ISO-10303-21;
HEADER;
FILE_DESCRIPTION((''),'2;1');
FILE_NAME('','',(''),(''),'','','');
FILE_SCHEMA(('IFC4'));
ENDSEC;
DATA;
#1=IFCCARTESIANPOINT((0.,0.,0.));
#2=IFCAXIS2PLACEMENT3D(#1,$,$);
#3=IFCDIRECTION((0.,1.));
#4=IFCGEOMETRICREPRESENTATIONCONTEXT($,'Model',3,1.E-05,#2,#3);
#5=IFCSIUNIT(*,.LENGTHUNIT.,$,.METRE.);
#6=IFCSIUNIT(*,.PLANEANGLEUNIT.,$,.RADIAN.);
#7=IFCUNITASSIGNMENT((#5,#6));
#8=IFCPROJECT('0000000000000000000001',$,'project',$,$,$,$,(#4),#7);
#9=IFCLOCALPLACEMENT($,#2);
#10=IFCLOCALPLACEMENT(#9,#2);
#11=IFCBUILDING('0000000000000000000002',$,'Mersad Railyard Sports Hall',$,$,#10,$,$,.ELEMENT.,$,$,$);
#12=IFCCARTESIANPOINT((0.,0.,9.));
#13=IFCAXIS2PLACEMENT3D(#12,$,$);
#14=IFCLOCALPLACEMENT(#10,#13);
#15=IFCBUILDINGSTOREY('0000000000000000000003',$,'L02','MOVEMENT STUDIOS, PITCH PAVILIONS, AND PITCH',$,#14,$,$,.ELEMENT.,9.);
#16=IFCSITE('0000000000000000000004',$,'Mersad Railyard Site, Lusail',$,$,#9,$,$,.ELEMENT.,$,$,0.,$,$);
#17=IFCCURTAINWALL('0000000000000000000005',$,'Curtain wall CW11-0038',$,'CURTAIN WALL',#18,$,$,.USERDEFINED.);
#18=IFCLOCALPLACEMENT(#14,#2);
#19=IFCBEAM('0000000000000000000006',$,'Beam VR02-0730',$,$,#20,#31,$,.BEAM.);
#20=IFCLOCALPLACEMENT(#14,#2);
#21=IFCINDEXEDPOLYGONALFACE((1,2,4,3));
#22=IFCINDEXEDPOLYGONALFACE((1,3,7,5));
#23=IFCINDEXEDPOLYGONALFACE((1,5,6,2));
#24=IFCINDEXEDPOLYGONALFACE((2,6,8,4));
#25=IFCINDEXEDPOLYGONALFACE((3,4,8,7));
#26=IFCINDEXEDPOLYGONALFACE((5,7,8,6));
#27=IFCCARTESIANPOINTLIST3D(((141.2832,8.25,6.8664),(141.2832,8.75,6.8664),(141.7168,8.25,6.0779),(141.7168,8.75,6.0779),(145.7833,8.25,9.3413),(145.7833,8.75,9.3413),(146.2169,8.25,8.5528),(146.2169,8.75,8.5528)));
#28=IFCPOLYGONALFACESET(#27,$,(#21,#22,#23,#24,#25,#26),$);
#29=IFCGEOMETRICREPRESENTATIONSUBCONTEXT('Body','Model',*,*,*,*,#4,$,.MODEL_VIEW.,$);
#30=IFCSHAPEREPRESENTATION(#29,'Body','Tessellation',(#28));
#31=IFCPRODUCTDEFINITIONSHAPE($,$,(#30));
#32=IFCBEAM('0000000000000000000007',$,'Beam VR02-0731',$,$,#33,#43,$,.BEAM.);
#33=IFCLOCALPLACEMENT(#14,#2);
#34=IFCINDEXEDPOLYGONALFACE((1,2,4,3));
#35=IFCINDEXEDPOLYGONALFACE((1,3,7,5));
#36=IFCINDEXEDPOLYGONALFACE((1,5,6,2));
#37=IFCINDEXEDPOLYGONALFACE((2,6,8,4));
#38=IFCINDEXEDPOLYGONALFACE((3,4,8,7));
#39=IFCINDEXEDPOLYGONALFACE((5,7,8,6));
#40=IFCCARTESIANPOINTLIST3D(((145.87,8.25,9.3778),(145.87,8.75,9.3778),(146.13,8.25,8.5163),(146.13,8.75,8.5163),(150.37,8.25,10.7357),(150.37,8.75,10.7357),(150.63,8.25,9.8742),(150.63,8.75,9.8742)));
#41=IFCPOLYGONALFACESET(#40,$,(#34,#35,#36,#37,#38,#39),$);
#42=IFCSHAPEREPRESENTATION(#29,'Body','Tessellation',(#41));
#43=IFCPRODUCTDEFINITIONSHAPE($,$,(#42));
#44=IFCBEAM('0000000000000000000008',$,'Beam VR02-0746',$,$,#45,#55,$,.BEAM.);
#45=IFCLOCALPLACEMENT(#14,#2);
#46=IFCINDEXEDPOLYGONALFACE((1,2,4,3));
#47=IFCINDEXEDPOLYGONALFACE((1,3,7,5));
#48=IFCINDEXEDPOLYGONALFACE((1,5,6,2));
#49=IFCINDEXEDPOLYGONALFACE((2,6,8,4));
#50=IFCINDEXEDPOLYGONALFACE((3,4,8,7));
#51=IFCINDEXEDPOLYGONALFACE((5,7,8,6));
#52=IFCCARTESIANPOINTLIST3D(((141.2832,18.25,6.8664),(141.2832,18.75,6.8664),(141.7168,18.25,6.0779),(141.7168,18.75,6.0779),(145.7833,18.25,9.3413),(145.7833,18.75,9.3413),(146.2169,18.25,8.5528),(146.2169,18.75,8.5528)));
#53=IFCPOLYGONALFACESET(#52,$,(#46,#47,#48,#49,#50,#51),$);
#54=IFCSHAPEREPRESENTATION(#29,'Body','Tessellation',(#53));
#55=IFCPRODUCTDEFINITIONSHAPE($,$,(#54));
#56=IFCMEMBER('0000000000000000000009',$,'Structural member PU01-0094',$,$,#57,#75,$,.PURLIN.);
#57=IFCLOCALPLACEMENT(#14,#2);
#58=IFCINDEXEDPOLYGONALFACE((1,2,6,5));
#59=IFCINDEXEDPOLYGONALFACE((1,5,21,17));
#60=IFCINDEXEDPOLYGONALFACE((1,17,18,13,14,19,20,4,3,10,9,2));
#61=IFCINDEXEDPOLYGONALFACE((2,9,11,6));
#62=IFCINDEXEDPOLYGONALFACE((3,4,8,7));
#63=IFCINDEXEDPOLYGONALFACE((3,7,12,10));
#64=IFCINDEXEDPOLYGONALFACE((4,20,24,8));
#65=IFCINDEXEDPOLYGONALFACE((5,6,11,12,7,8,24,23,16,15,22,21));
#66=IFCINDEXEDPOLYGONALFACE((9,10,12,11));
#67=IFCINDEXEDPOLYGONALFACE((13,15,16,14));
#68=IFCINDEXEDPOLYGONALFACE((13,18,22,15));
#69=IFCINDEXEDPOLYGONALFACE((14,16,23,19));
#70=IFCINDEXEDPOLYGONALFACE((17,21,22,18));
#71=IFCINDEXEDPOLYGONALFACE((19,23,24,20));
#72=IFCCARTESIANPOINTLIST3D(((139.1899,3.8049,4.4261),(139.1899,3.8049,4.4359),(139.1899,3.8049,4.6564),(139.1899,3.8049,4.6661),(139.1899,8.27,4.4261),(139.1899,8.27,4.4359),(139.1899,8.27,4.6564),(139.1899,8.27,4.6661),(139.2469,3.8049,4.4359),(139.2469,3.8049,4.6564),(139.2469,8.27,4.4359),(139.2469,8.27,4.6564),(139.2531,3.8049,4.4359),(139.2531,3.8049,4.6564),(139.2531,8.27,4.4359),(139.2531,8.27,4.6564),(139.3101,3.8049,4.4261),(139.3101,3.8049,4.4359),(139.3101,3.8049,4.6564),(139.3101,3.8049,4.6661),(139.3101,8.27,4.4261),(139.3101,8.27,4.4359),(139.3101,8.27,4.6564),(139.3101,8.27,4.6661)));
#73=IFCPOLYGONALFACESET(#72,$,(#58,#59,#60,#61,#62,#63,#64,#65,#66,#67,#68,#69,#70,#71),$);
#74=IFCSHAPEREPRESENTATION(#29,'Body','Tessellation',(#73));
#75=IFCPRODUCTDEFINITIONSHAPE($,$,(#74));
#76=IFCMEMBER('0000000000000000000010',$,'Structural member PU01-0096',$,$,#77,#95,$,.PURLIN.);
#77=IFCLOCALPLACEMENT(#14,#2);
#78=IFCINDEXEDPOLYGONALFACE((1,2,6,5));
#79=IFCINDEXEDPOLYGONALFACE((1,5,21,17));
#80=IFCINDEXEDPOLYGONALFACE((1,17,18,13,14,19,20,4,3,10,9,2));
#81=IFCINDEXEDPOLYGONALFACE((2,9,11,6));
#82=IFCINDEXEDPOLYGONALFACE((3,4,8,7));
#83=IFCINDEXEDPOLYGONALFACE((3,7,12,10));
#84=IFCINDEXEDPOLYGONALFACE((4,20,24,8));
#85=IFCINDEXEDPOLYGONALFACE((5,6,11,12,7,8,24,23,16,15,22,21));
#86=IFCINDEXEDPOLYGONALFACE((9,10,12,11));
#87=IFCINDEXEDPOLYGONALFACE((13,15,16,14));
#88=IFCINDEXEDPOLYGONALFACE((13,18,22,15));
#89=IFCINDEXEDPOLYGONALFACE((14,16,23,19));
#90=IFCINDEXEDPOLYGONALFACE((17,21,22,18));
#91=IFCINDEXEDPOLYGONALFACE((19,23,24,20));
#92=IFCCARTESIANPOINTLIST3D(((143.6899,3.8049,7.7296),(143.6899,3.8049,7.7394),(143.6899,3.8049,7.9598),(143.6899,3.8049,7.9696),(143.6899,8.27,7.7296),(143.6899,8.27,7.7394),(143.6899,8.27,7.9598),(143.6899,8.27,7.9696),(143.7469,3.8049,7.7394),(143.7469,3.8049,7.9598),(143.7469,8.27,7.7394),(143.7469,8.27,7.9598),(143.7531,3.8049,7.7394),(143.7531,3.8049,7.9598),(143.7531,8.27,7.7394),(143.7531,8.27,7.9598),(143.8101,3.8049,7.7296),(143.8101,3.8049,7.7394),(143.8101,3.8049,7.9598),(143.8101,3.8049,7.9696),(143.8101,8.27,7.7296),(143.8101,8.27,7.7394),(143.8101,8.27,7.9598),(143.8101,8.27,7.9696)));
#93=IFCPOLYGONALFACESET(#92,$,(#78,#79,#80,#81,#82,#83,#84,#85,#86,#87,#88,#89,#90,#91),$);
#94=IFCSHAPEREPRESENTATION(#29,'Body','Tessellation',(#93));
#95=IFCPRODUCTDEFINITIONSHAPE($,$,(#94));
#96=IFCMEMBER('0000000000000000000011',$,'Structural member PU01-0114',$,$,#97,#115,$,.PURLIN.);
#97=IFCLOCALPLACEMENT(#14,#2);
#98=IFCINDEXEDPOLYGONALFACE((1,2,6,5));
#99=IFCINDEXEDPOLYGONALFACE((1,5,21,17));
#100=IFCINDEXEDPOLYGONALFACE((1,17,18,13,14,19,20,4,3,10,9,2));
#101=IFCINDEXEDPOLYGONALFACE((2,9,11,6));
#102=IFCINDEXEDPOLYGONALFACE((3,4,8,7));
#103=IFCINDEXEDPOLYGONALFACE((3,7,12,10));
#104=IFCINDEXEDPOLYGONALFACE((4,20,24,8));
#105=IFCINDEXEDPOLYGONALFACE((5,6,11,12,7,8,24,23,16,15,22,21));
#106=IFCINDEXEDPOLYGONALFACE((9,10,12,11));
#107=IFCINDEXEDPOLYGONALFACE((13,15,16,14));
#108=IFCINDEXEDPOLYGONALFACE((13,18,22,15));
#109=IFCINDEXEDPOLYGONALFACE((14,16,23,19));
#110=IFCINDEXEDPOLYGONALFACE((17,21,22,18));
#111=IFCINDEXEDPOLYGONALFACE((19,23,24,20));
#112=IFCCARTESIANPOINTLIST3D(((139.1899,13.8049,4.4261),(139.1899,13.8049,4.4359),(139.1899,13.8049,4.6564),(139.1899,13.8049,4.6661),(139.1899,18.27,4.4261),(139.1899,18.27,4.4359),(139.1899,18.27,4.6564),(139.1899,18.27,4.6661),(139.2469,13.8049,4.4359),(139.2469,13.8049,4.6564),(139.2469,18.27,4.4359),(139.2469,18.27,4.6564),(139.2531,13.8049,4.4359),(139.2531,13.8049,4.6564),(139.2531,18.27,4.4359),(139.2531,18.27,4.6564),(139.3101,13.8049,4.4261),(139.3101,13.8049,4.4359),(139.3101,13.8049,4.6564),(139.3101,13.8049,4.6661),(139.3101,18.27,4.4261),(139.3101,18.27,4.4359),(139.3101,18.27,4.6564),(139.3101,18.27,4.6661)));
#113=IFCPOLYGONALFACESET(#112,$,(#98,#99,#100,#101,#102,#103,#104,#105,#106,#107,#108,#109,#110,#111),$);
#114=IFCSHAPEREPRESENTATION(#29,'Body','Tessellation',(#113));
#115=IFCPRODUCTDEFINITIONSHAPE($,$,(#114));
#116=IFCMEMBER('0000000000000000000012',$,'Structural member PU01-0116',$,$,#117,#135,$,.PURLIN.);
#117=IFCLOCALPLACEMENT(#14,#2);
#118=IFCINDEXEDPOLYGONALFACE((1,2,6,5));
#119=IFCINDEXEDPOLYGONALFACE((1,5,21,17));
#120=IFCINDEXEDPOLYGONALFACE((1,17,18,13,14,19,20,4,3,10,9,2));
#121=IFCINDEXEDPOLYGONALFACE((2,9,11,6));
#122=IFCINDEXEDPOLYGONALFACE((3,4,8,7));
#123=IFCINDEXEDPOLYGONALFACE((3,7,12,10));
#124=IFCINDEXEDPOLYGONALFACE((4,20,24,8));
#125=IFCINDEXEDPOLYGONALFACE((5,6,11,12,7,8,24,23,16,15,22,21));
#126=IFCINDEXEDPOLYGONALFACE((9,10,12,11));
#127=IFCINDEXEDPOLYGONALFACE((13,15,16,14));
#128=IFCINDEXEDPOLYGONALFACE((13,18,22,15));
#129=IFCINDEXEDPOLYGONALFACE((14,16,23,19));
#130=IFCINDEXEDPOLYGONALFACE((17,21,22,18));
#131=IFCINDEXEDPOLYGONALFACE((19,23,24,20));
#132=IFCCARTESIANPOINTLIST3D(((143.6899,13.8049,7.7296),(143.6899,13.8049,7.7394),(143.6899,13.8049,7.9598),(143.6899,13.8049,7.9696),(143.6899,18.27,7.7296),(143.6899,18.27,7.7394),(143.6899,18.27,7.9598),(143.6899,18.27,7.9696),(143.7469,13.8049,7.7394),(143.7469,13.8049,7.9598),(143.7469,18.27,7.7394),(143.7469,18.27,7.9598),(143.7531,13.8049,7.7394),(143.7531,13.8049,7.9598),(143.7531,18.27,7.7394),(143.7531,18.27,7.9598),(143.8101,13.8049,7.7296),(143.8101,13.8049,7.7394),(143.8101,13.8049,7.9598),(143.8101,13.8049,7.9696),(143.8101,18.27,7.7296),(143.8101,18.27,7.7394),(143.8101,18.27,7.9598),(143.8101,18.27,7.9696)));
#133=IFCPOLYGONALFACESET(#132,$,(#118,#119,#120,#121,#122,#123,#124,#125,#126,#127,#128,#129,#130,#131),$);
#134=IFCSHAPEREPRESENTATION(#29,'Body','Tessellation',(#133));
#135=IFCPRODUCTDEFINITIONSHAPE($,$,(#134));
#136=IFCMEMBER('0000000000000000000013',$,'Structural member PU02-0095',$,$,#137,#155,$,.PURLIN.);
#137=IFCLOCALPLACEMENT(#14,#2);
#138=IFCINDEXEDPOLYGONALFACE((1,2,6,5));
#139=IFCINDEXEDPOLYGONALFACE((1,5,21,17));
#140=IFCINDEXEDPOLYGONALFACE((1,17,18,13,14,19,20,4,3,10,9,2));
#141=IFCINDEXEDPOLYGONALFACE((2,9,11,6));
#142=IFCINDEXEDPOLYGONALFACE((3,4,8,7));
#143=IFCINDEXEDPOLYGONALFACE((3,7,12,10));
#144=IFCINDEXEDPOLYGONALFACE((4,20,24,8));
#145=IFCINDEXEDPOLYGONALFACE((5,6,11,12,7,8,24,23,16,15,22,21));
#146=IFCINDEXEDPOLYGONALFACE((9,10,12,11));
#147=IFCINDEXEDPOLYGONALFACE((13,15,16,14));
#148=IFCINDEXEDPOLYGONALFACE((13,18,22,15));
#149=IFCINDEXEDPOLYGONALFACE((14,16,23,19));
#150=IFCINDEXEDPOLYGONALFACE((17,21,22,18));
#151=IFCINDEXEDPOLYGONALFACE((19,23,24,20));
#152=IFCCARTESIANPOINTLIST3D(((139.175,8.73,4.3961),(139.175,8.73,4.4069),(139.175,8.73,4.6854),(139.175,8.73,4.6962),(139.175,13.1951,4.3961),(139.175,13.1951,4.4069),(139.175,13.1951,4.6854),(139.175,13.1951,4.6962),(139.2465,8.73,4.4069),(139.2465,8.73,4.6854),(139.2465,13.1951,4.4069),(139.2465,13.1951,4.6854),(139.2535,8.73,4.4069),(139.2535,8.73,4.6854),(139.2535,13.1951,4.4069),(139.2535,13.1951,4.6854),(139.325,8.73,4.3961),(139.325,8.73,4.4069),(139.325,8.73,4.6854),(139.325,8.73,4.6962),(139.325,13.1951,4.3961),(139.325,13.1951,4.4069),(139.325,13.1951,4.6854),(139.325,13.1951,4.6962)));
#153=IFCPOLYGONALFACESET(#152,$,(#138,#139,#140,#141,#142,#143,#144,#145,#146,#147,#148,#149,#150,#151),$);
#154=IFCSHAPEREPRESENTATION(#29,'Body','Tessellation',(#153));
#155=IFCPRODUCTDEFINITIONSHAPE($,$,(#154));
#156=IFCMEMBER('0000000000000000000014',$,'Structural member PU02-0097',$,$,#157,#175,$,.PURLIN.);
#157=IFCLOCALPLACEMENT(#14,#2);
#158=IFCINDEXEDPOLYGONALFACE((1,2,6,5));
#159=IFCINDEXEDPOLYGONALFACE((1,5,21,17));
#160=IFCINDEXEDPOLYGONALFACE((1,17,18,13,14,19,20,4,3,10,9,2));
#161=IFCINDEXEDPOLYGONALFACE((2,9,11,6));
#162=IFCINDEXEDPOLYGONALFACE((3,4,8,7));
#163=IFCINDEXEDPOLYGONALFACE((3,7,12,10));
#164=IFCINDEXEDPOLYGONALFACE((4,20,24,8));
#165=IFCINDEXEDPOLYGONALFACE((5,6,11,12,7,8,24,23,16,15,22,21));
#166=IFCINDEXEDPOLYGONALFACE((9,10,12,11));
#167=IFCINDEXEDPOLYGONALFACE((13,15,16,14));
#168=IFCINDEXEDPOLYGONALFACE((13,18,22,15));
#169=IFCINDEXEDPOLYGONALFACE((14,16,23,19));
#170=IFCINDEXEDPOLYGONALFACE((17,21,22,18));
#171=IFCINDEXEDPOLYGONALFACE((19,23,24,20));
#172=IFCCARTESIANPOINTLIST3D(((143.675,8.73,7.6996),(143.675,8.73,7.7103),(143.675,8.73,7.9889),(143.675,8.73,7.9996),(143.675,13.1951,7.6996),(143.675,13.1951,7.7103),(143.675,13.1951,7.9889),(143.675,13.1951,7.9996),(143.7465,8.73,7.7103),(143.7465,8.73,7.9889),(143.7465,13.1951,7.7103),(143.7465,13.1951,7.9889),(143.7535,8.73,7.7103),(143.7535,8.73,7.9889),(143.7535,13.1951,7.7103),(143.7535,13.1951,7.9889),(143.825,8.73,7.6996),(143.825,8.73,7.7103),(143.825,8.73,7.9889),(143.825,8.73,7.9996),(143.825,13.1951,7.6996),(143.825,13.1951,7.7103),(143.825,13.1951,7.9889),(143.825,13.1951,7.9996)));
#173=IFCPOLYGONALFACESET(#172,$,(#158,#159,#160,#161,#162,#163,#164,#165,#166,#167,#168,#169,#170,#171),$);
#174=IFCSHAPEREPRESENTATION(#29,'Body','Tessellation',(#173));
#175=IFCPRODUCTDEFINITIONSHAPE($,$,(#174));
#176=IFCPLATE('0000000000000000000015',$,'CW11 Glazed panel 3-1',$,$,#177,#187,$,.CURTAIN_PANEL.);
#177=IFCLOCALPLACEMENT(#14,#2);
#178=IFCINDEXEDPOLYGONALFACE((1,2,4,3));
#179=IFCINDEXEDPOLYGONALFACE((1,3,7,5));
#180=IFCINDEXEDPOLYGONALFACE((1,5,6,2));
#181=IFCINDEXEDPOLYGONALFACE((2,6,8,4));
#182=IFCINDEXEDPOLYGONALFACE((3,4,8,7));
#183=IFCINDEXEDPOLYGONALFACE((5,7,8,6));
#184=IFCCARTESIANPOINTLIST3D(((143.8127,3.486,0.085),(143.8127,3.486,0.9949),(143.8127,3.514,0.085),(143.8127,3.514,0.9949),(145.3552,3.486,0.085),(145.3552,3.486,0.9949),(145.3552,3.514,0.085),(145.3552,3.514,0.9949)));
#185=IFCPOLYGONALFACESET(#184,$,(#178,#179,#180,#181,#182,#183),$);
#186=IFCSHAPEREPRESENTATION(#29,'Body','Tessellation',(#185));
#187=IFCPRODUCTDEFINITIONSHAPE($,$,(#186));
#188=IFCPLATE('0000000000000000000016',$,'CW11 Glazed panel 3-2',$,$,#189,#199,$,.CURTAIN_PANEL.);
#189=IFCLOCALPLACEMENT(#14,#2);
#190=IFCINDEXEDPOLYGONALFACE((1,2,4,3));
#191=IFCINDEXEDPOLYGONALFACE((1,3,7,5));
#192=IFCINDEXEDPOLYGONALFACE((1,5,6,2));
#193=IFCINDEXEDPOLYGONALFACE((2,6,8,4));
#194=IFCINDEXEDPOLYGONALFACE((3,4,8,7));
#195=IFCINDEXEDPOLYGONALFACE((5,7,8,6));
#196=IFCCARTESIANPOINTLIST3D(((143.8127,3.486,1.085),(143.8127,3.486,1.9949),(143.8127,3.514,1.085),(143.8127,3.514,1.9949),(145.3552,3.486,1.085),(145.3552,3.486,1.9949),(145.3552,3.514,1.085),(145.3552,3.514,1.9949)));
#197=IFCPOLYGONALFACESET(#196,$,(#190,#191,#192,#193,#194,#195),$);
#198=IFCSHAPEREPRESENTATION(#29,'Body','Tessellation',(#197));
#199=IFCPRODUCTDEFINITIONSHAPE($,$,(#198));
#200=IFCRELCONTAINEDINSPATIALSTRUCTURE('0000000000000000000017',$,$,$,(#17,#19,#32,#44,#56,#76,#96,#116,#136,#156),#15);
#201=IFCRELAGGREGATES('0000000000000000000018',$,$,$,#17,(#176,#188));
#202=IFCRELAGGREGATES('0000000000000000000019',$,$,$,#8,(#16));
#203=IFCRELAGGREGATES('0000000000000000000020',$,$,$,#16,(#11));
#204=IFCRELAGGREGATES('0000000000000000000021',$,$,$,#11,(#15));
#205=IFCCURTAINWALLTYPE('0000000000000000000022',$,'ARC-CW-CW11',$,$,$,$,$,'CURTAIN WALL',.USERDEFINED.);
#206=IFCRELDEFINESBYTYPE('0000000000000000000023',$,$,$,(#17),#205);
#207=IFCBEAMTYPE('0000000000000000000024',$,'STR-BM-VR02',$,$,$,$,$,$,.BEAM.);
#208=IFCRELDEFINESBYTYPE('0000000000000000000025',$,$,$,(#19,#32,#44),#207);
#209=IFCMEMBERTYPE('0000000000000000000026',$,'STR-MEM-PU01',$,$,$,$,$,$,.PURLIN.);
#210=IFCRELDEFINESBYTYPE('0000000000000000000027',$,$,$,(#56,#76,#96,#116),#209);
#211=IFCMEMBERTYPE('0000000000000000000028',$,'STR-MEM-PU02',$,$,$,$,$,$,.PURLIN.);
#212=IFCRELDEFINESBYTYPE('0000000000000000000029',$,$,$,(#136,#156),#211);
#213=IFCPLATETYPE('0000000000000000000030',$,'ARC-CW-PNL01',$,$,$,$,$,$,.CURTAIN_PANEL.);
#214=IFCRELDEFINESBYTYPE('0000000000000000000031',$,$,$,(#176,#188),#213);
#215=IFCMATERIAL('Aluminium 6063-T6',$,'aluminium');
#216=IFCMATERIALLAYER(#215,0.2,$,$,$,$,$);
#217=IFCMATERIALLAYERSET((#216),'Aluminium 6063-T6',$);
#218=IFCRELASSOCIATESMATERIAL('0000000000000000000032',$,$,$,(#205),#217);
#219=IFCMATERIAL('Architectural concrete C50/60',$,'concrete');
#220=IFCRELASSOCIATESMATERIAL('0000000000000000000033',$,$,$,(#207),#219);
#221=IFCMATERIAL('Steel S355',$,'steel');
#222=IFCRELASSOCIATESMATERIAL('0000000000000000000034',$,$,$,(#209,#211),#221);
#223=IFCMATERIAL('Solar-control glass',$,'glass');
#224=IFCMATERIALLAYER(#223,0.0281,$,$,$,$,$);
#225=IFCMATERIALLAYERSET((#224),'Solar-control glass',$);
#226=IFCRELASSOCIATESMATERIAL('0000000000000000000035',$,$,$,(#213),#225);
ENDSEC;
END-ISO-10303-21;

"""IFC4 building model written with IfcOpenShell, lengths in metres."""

from ifc_helpers import new_model, si_unit, direction, frame, origin, origin_2d, place, context, subcontext, project, spatial, rectangle, i_section, extrude, material, layer, layer_set, material_profile, profile_set, type_object, element, aggregate, save


model = new_model("IFC4")

# Units and contexts
model_context = context("Model", 3, precision=1e-05, world=origin(), true_north=direction((0.0, 1.0)))
body_context = subcontext(model_context, "Body", "Model", "MODEL_VIEW")
ifc_project = project(units=[si_unit("LENGTHUNIT", "METRE"), si_unit("PLANEANGLEUNIT", "RADIAN")], contexts=[model_context])

# Site, building, storey
site_placement = place(None, origin())
site = spatial("IfcSite", under=ifc_project, at=site_placement, Name="Mersad Railyard Site, Lusail", CompositionType="ELEMENT", RefElevation=0.0)
building_placement = place(site_placement, origin())
building = spatial("IfcBuilding", under=site, at=building_placement, Name="Mersad Railyard Sports Hall", CompositionType="ELEMENT")
storey_placement = place(building_placement, frame((0.0, 0.0, 9.0)))
storey = spatial("IfcBuildingStorey", under=building, at=storey_placement, Name="L02", Description="MOVEMENT STUDIOS, PITCH PAVILIONS, AND PITCH", CompositionType="ELEMENT", Elevation=9.0)

# Curtain wall
ifc_material_1 = material(Name="Aluminium 6063-T6", Category="aluminium")
ifc_layer_1 = layer(ifc_material_1, 0.2)
ifc_layer_set_1 = layer_set([ifc_layer_1], Name="Aluminium 6063-T6")
curtain_wall_type = type_object("IfcCurtainWallType", Name="ARC-CW-CW11", ElementType="CURTAIN WALL", PredefinedType="USERDEFINED", material=ifc_layer_set_1)
curtain_wall_placement = place(storey_placement, origin())
curtain_wall = element("IfcCurtainWall", 1, at=curtain_wall_placement, inside=storey, type_object=curtain_wall_type, Name="Curtain wall CW11-0038", ObjectType="CURTAIN WALL", PredefinedType="USERDEFINED")

# Beams
ifc_material_2 = material(Name="Architectural concrete C50/60", Category="concrete")
ifc_material_profile_1 = material_profile(ifc_material_2, rectangle(XDim=0.5, YDim=0.8999, at=origin_2d()), Name="VR 500x900")
ifc_profile_set_1 = profile_set([ifc_material_profile_1], Name="Architectural concrete C50/60")
beam_type_1 = type_object("IfcBeamType", Name="STR-BM-VR02", PredefinedType="BEAM", material=ifc_profile_set_1)
beam_1_placement = place(storey_placement, frame((141.5, 8.5, 6.4722), z_axis=(0.876228, 0.0, 0.481897), x_axis=(0.0, 1.0, 0.0)))
element("IfcBeam", 2, at=beam_1_placement, inside=storey, type_object=beam_type_1, Name="Beam VR02-0730", PredefinedType="BEAM", context=body_context, shape_type="SweptSolid", body=[
    extrude(rectangle(XDim=0.5, YDim=0.8999, at=origin_2d()), origin(), (0.0, 0.0, 1.0), 5.1357),
])
beam_2_placement = place(storey_placement, frame((146.0, 8.5, 8.947), z_axis=(0.957362, 0.0, 0.288891), x_axis=(0.0, 1.0, 0.0)))
element("IfcBeam", 3, at=beam_2_placement, inside=storey, type_object=beam_type_1, Name="Beam VR02-0731", PredefinedType="BEAM", context=body_context, shape_type="SweptSolid", body=[
    extrude(rectangle(XDim=0.5, YDim=0.8999, at=origin_2d()), origin(), (0.0, 0.0, 1.0), 4.7004),
])
beam_3_placement = place(storey_placement, frame((141.5, 18.5, 6.4722), z_axis=(0.876228, 0.0, 0.481897), x_axis=(0.0, 1.0, 0.0)))
element("IfcBeam", 4, at=beam_3_placement, inside=storey, type_object=beam_type_1, Name="Beam VR02-0746", PredefinedType="BEAM", context=body_context, shape_type="SweptSolid", body=[
    extrude(rectangle(XDim=0.5, YDim=0.8999, at=origin_2d()), origin(), (0.0, 0.0, 1.0), 5.1357),
])

# Members
ifc_material_3 = material(Name="Steel S355", Category="steel")
ifc_material_profile_2 = material_profile(ifc_material_3, i_section(OverallWidth=0.1201, OverallDepth=0.24, WebThickness=0.0061, FlangeThickness=0.0098, at=origin_2d()), Name="IPE 240")
ifc_profile_set_2 = profile_set([ifc_material_profile_2], Name="Steel S355")
member_type_1 = type_object("IfcMemberType", Name="STR-MEM-PU01", PredefinedType="PURLIN", material=ifc_profile_set_2)
for number, where, z_axis, x_axis, name in (
    (5, (139.25, 3.8049, 4.5461), (0.0, 1.0, 0.0), (-1.0, 0.0, 0.0), "Structural member PU01-0094"),
    (6, (143.75, 3.8049, 7.8496), (0.0, 1.0, 0.0), (-1.0, 0.0, 0.0), "Structural member PU01-0096"),
    (7, (139.25, 13.8049, 4.5461), (0.0, 1.0, 0.0), (-1.0, 0.0, 0.0), "Structural member PU01-0114"),
    (8, (143.75, 13.8049, 7.8496), (0.0, 1.0, 0.0), (-1.0, 0.0, 0.0), "Structural member PU01-0116"),
):
    element("IfcMember", number, at=place(storey_placement, frame(where, z_axis=z_axis, x_axis=x_axis)), inside=storey, type_object=member_type_1, Name=name, PredefinedType="PURLIN", context=body_context, shape_type="SweptSolid", body=[
        extrude(i_section(OverallWidth=0.1201, OverallDepth=0.24, WebThickness=0.0061, FlangeThickness=0.0098, at=origin_2d()), origin(), (0.0, 0.0, 1.0), 4.4651),
    ])
ifc_material_profile_3 = material_profile(ifc_material_3, i_section(OverallWidth=0.1499, OverallDepth=0.3, WebThickness=0.0071, FlangeThickness=0.0107, at=origin_2d()), Name="IPE 300")
ifc_profile_set_3 = profile_set([ifc_material_profile_3], Name="Steel S355")
member_type_2 = type_object("IfcMemberType", Name="STR-MEM-PU02", PredefinedType="PURLIN", material=ifc_profile_set_3)
for number, where, z_axis, x_axis, name in (
    (9, (139.25, 8.73, 4.5461), (0.0, 1.0, 0.0), (-1.0, 0.0, 0.0), "Structural member PU02-0095"),
    (10, (143.75, 8.73, 7.8496), (0.0, 1.0, 0.0), (-1.0, 0.0, 0.0), "Structural member PU02-0097"),
):
    element("IfcMember", number, at=place(storey_placement, frame(where, z_axis=z_axis, x_axis=x_axis)), inside=storey, type_object=member_type_2, Name=name, PredefinedType="PURLIN", context=body_context, shape_type="SweptSolid", body=[
        extrude(i_section(OverallWidth=0.1499, OverallDepth=0.3, WebThickness=0.0071, FlangeThickness=0.0107, at=origin_2d()), origin(), (0.0, 0.0, 1.0), 4.4651),
    ])

# Plates
ifc_material_4 = material(Name="Solar-control glass", Category="glass")
ifc_layer_2 = layer(ifc_material_4, 0.0281)
ifc_layer_set_2 = layer_set([ifc_layer_2], Name="Solar-control glass")
plate_type_1 = type_object("IfcPlateType", Name="ARC-CW-PNL01", PredefinedType="CURTAIN_PANEL", material=ifc_layer_set_2)
plate_1_placement = place(storey_placement, frame((144.584, 3.5, 0.085), z_axis=(0.0, 0.0, 1.0), x_axis=(-1.0, 0.0, 0.0)))
plate_1 = element("IfcPlate", 11, at=plate_1_placement, type_object=plate_type_1, Name="CW11 Glazed panel 3-1", PredefinedType="CURTAIN_PANEL", context=body_context, shape_type="SweptSolid", body=[
    extrude(rectangle(XDim=1.5425, YDim=0.0281, at=origin_2d()), origin(), (0.0, 0.0, 1.0), 0.9099),
])
plate_2_placement = place(storey_placement, frame((144.584, 3.5, 1.085), z_axis=(0.0, 0.0, 1.0), x_axis=(-1.0, 0.0, 0.0)))
plate_2 = element("IfcPlate", 12, at=plate_2_placement, type_object=plate_type_1, Name="CW11 Glazed panel 3-2", PredefinedType="CURTAIN_PANEL", context=body_context, shape_type="SweptSolid", body=[
    extrude(rectangle(XDim=1.5425, YDim=0.0281, at=origin_2d()), origin(), (0.0, 0.0, 1.0), 0.9099),
])
aggregate(curtain_wall, [plate_1, plate_2])

save(model, "model.ifc")
